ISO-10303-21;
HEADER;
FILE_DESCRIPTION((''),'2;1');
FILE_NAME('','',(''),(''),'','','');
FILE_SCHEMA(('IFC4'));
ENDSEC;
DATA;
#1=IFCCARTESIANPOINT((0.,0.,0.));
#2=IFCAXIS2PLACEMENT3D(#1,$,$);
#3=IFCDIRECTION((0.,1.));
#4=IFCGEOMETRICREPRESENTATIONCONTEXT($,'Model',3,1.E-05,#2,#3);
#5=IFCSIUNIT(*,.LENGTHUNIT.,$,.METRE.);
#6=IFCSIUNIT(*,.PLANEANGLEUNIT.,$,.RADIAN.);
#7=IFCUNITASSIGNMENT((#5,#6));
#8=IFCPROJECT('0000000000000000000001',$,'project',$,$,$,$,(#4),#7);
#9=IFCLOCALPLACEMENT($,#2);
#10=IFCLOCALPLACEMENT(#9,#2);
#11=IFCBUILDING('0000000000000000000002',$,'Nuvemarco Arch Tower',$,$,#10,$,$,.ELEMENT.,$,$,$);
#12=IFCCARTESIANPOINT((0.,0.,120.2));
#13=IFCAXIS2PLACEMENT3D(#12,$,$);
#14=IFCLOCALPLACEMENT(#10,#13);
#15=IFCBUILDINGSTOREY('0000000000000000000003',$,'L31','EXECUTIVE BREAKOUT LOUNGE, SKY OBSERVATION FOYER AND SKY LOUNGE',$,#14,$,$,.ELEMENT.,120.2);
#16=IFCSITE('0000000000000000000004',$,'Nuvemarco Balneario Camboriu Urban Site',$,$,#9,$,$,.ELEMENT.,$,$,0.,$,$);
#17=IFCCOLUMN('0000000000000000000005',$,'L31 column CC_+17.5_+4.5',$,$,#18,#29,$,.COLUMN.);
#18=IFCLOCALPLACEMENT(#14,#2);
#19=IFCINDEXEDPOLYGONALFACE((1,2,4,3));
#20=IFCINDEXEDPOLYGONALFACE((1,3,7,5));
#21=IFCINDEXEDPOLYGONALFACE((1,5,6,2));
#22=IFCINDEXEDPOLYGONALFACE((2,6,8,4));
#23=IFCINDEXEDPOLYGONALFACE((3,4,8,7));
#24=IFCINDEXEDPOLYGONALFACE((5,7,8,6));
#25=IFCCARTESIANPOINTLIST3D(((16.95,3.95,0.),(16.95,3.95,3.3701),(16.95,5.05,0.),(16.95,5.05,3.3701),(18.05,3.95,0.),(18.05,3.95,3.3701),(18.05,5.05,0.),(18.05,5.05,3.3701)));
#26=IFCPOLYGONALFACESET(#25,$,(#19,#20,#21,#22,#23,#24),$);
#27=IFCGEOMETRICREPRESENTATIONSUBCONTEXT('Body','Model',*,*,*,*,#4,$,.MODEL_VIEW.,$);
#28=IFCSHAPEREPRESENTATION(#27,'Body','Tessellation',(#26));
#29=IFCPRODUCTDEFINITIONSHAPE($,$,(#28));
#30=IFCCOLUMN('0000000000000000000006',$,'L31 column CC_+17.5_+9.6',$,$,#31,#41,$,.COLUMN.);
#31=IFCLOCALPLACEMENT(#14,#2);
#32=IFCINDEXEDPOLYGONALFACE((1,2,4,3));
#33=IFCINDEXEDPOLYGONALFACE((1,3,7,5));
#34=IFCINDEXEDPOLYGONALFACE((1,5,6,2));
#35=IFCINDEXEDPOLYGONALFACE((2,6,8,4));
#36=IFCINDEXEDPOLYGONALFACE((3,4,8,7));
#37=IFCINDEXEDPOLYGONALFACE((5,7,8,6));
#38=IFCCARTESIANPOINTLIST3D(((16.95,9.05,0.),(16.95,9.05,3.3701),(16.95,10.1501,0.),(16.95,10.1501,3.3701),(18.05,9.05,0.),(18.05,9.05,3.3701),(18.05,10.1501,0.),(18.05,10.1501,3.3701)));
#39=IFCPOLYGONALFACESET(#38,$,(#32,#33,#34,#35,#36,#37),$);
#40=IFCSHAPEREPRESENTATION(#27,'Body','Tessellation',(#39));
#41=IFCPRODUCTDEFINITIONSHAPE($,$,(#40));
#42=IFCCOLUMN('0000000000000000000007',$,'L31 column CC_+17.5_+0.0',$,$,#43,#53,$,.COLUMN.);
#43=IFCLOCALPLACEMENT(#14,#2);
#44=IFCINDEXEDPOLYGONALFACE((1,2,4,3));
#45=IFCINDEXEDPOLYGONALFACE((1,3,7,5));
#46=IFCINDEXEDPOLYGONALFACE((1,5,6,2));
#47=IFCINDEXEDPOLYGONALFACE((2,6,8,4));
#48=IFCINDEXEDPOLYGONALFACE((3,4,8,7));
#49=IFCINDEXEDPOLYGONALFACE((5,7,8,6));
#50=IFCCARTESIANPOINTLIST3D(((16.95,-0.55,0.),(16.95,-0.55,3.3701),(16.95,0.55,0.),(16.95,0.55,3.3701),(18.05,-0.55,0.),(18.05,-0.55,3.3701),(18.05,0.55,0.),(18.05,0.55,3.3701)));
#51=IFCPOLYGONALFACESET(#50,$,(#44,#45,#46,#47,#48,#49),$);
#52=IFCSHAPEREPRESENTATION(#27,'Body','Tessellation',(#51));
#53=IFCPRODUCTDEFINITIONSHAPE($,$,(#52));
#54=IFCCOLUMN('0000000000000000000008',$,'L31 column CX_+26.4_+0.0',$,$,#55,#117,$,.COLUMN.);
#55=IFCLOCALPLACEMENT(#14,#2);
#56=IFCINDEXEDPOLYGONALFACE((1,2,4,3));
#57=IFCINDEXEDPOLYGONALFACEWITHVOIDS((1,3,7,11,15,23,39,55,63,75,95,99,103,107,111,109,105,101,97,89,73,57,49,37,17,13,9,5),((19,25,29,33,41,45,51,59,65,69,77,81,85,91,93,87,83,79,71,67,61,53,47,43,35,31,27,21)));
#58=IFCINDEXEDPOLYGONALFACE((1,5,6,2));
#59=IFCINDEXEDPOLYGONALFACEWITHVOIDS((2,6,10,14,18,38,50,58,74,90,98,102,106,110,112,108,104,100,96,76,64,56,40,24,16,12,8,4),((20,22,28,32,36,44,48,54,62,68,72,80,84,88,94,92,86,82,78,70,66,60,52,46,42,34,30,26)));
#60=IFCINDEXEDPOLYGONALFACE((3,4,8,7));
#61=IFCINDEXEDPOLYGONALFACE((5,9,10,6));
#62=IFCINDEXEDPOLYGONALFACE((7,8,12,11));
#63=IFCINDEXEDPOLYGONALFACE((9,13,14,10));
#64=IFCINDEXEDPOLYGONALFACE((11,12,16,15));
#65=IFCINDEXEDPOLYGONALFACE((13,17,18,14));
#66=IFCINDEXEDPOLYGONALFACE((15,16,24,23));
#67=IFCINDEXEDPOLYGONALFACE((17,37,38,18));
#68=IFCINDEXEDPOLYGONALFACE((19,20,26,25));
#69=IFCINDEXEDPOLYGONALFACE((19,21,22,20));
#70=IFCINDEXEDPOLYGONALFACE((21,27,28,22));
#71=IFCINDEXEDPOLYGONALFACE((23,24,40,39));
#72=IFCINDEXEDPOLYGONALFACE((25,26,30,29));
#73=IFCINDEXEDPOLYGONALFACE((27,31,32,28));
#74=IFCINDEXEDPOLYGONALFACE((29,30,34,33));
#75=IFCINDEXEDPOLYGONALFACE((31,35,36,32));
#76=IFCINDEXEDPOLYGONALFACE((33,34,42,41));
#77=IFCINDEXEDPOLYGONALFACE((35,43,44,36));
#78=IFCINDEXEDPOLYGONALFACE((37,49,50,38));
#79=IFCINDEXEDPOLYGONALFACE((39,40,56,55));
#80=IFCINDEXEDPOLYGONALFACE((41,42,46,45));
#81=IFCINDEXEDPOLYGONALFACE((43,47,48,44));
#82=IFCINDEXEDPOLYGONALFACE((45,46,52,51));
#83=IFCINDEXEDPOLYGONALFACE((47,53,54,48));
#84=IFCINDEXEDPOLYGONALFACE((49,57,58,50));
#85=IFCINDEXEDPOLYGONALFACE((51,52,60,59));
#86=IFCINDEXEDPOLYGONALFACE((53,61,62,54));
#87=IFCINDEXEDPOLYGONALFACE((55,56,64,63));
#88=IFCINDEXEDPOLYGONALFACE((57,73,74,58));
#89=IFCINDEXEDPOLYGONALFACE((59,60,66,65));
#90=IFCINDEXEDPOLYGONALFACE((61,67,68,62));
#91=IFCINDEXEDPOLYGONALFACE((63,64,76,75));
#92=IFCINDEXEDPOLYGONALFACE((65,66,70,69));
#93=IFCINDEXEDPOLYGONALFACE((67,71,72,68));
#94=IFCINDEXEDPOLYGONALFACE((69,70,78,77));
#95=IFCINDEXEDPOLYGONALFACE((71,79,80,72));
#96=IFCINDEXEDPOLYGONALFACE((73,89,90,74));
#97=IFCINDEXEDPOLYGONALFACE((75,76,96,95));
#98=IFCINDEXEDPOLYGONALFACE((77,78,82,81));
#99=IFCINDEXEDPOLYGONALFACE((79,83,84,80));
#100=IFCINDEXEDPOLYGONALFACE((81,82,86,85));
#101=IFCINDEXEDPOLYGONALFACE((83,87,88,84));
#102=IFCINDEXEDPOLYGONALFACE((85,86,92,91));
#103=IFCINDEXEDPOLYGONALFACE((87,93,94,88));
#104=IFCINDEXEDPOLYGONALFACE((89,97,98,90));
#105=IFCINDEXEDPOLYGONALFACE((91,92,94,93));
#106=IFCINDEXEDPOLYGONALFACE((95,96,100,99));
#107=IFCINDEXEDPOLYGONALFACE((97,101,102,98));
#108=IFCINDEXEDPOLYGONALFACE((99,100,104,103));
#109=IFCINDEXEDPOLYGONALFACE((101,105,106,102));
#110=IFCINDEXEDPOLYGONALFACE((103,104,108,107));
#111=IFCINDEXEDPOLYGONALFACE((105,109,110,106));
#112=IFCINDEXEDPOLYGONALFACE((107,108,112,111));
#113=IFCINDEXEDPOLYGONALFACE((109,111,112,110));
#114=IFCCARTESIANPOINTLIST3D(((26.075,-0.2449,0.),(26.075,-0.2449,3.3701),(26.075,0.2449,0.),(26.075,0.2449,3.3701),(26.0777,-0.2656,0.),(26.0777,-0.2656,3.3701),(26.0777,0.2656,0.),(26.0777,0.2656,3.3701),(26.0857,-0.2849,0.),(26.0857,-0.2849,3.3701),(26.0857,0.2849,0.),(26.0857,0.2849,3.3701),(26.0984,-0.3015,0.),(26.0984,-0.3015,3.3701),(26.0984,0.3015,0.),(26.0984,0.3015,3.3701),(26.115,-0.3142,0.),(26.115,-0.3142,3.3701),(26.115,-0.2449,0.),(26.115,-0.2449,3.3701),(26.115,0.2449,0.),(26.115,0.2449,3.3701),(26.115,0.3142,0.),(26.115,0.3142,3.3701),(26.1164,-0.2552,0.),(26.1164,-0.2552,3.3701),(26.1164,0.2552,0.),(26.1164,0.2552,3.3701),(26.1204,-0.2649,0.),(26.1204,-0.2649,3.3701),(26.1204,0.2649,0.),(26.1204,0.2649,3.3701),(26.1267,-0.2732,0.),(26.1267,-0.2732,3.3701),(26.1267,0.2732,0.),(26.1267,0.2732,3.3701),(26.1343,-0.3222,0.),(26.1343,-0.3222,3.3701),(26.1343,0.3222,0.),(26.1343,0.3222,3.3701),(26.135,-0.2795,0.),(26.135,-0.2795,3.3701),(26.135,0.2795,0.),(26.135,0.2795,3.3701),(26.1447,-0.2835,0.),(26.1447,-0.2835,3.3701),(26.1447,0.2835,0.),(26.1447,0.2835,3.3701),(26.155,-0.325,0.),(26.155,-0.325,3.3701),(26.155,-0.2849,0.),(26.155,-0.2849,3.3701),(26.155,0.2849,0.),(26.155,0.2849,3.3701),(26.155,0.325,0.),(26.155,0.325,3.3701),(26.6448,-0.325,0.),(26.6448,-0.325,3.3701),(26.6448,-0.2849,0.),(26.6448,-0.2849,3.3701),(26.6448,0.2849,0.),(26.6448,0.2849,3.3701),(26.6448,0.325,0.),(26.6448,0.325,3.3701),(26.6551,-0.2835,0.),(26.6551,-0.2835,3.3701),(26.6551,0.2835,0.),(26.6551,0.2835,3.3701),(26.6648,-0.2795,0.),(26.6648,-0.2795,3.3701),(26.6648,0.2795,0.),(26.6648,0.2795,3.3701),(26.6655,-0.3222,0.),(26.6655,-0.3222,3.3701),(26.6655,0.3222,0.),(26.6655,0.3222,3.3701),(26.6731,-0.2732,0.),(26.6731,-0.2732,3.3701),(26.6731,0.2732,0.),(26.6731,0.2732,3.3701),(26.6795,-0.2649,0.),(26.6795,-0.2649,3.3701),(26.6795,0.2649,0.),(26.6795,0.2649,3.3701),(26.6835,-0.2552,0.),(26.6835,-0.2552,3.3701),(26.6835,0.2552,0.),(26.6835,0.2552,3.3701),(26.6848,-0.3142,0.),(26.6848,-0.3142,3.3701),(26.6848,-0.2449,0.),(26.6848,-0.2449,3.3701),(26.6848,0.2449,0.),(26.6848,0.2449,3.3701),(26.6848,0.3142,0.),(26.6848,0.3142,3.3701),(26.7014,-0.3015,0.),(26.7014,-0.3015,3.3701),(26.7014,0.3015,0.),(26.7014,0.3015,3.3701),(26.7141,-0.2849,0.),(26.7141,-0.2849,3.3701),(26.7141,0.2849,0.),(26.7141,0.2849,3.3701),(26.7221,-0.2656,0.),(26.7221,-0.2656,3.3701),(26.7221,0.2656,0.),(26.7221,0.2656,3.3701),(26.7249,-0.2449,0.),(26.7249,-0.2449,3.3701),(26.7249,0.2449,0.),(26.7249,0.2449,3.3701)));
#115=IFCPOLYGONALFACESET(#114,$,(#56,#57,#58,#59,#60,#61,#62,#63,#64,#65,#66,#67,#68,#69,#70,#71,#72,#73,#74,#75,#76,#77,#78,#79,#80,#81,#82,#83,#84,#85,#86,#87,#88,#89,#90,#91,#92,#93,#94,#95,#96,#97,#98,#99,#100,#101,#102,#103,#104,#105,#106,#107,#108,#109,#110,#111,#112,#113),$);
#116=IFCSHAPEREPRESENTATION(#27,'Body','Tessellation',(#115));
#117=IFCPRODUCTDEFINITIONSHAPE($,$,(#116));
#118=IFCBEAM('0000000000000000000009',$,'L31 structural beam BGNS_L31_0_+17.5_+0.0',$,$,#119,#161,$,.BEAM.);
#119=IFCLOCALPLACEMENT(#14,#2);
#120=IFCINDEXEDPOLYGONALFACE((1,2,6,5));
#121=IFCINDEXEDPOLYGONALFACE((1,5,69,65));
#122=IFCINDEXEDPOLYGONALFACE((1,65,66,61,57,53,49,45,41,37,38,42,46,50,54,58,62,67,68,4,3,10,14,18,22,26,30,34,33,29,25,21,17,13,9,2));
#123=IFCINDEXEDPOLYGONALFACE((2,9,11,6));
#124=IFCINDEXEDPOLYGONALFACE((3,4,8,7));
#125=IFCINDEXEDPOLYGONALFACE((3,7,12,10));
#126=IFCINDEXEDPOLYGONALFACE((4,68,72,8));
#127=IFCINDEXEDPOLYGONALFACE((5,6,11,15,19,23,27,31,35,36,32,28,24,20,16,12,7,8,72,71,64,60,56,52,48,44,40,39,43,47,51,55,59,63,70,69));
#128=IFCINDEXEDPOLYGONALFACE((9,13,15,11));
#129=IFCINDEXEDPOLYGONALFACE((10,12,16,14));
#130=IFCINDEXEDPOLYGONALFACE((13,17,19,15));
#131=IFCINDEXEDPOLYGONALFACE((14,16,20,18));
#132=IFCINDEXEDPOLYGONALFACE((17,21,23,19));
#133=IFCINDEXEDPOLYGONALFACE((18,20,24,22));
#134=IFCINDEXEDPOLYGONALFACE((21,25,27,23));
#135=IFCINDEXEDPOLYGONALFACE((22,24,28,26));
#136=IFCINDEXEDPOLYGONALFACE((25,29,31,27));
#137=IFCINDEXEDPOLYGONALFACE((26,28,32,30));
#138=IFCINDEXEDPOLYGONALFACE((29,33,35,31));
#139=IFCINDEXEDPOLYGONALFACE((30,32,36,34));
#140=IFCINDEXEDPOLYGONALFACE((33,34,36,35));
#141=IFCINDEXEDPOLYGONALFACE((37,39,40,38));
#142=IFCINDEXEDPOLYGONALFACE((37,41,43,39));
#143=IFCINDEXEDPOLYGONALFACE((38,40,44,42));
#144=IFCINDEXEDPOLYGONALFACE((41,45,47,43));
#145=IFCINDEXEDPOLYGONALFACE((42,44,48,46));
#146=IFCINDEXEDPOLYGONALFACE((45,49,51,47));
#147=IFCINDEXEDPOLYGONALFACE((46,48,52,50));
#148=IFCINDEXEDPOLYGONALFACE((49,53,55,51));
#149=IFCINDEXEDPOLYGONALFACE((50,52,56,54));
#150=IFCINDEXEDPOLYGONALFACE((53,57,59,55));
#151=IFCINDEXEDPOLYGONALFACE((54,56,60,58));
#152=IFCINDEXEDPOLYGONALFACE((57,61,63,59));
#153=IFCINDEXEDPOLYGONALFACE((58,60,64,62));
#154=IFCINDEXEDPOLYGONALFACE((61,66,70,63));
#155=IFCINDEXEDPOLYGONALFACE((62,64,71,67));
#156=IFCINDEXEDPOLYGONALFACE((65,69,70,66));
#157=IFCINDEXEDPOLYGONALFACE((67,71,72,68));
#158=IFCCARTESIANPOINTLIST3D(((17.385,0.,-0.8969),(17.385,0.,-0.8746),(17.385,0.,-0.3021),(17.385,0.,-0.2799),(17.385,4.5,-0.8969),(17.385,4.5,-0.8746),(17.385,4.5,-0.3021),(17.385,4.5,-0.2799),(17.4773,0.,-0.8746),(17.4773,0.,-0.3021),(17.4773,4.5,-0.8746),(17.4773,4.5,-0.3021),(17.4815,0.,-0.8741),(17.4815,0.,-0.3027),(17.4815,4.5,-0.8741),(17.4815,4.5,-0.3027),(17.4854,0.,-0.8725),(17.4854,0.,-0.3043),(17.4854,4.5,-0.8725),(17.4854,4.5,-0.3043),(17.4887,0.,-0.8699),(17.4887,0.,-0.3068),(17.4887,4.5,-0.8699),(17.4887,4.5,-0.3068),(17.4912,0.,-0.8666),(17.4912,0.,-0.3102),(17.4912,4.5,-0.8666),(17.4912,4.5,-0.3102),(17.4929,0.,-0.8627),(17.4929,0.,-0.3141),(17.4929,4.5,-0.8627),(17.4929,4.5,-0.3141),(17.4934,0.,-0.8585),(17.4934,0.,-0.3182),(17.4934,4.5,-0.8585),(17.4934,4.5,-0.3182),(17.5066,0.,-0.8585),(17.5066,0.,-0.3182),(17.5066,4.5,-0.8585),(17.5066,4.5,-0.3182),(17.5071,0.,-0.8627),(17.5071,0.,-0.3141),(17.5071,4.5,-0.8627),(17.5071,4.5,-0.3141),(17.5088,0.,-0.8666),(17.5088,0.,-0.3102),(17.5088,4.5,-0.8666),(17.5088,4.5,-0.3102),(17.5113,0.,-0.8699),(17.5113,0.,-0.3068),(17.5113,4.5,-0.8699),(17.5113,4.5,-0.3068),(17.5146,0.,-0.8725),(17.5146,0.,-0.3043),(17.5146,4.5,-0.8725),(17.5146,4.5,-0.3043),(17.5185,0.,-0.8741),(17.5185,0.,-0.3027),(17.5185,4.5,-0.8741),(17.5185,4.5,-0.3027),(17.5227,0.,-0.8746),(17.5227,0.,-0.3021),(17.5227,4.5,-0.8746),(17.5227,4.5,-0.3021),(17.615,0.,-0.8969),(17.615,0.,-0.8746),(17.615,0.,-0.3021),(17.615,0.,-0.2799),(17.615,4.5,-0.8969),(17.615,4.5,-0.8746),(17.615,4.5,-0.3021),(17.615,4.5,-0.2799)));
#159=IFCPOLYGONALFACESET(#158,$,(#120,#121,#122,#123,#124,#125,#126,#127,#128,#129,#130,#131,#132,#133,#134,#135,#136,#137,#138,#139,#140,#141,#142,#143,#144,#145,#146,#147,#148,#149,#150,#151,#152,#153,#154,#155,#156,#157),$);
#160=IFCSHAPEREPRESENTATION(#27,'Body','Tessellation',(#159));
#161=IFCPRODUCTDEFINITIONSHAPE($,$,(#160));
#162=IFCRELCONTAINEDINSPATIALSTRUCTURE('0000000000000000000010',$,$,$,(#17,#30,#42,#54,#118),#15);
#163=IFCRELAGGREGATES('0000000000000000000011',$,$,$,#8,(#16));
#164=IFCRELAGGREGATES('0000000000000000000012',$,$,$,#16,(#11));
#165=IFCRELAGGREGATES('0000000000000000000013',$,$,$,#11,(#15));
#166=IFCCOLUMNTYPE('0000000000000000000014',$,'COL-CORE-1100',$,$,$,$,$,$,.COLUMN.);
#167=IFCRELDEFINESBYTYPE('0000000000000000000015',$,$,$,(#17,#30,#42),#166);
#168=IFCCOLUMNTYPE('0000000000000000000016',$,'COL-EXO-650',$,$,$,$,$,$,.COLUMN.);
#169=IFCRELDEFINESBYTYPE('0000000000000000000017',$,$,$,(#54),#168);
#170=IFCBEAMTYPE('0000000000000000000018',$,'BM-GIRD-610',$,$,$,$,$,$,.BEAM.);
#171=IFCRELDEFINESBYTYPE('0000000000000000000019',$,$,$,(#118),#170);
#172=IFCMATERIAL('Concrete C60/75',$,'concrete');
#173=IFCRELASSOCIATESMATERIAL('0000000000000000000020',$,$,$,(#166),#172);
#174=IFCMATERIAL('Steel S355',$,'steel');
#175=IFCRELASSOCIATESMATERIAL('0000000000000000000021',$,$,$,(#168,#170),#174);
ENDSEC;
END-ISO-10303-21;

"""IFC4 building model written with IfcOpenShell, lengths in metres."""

from ifc_helpers import new_model, si_unit, direction, frame, origin, origin_2d, place, context, subcontext, project, spatial, rectangle, hollow_rectangle, i_section, extrude, material, material_profile, profile_set, type_object, element, save


model = new_model("IFC4")

# Units and contexts
model_context = context("Model", 3, precision=1e-05, world=origin(), true_north=direction((0.0, 1.0)))
body_context = subcontext(model_context, "Body", "Model", "MODEL_VIEW")
ifc_project = project(units=[si_unit("LENGTHUNIT", "METRE"), si_unit("PLANEANGLEUNIT", "RADIAN")], contexts=[model_context])

# Site, building, storey
site_placement = place(None, origin())
site = spatial("IfcSite", under=ifc_project, at=site_placement, Name="Nuvemarco Balneario Camboriu Urban Site", CompositionType="ELEMENT", RefElevation=0.0)
building_placement = place(site_placement, origin())
building = spatial("IfcBuilding", under=site, at=building_placement, Name="Nuvemarco Arch Tower", CompositionType="ELEMENT")
storey_placement = place(building_placement, frame((0.0, 0.0, 120.2)))
storey = spatial("IfcBuildingStorey", under=building, at=storey_placement, Name="L31", Description="EXECUTIVE BREAKOUT LOUNGE, SKY OBSERVATION FOYER AND SKY LOUNGE", CompositionType="ELEMENT", Elevation=120.2)

# Columns
ifc_material_1 = material(Name="Concrete C60/75", Category="concrete")
ifc_material_profile_1 = material_profile(ifc_material_1, rectangle(XDim=1.1001, YDim=1.1001, at=origin_2d()), Name="RC-COL-1100x1100")
ifc_profile_set_1 = profile_set([ifc_material_profile_1], Name="Concrete C60/75")
column_type_1 = type_object("IfcColumnType", Name="COL-CORE-1100", PredefinedType="COLUMN", material=ifc_profile_set_1)
for number, where, z_axis, x_axis, name in (
    (1, (17.5, 4.5, 0.0), (0.0, 0.0, 1.0), (1.0, 0.0, 0.0), "L31 column CC_+17.5_+4.5"),
    (2, (17.5, 9.6001, 0.0), (0.0, 0.0, 1.0), (1.0, 0.0, 0.0), "L31 column CC_+17.5_+9.6"),
    (3, (17.5, 0.0, 0.0), (0.0, 0.0, 1.0), (1.0, 0.0, 0.0), "L31 column CC_+17.5_+0.0"),
):
    element("IfcColumn", number, at=place(storey_placement, frame(where, z_axis=z_axis, x_axis=x_axis)), inside=storey, type_object=column_type_1, Name=name, PredefinedType="COLUMN", context=body_context, shape_type="SweptSolid", body=[
        extrude(rectangle(XDim=1.1001, YDim=1.1001, at=origin_2d()), origin(), (0.0, 0.0, 1.0), 3.3701),
    ])
ifc_material_2 = material(Name="Steel S355", Category="steel")
ifc_material_profile_2 = material_profile(ifc_material_2, hollow_rectangle(XDim=0.6499, YDim=0.6499, WallThickness=0.04, InnerFilletRadius=0.04, OuterFilletRadius=0.0801, at=origin_2d()), Name="SHS650x650x40")
ifc_profile_set_2 = profile_set([ifc_material_profile_2], Name="Steel S355")
column_type_2 = type_object("IfcColumnType", Name="COL-EXO-650", PredefinedType="COLUMN", material=ifc_profile_set_2)
column_placement = place(storey_placement, frame((26.3999, 0.0, 0.0), z_axis=(0.0, 0.0, 1.0), x_axis=(1.0, 0.0, 0.0)))
element("IfcColumn", 4, at=column_placement, inside=storey, type_object=column_type_2, Name="L31 column CX_+26.4_+0.0", PredefinedType="COLUMN", context=body_context, shape_type="SweptSolid", body=[
    extrude(hollow_rectangle(XDim=0.6499, YDim=0.6499, WallThickness=0.04, InnerFilletRadius=0.04, OuterFilletRadius=0.0801, at=origin_2d()), origin(), (0.0, 0.0, 1.0), 3.3701),
])

# Beam
ifc_material_profile_3 = material_profile(ifc_material_2, i_section(OverallWidth=0.23, OverallDepth=0.6169, WebThickness=0.0132, FlangeThickness=0.0222, FilletRadius=0.0161, at=origin_2d()), Name="W610x140")
ifc_profile_set_3 = profile_set([ifc_material_profile_3], Name="Steel S355")
beam_type_1 = type_object("IfcBeamType", Name="BM-GIRD-610", PredefinedType="BEAM", material=ifc_profile_set_3)
beam_1_placement = place(storey_placement, frame((17.5, 0.0, -0.5884), z_axis=(0.0, 1.0, 0.0), x_axis=(-1.0, 0.0, 0.0)))
element("IfcBeam", 5, at=beam_1_placement, inside=storey, type_object=beam_type_1, Name="L31 structural beam BGNS_L31_0_+17.5_+0.0", PredefinedType="BEAM", context=body_context, shape_type="SweptSolid", body=[
    extrude(i_section(OverallWidth=0.23, OverallDepth=0.6169, WebThickness=0.0132, FlangeThickness=0.0222, FilletRadius=0.0161, at=origin_2d()), origin(), (0.0, 0.0, 1.0), 4.5),
])

save(model, "model.ifc")
